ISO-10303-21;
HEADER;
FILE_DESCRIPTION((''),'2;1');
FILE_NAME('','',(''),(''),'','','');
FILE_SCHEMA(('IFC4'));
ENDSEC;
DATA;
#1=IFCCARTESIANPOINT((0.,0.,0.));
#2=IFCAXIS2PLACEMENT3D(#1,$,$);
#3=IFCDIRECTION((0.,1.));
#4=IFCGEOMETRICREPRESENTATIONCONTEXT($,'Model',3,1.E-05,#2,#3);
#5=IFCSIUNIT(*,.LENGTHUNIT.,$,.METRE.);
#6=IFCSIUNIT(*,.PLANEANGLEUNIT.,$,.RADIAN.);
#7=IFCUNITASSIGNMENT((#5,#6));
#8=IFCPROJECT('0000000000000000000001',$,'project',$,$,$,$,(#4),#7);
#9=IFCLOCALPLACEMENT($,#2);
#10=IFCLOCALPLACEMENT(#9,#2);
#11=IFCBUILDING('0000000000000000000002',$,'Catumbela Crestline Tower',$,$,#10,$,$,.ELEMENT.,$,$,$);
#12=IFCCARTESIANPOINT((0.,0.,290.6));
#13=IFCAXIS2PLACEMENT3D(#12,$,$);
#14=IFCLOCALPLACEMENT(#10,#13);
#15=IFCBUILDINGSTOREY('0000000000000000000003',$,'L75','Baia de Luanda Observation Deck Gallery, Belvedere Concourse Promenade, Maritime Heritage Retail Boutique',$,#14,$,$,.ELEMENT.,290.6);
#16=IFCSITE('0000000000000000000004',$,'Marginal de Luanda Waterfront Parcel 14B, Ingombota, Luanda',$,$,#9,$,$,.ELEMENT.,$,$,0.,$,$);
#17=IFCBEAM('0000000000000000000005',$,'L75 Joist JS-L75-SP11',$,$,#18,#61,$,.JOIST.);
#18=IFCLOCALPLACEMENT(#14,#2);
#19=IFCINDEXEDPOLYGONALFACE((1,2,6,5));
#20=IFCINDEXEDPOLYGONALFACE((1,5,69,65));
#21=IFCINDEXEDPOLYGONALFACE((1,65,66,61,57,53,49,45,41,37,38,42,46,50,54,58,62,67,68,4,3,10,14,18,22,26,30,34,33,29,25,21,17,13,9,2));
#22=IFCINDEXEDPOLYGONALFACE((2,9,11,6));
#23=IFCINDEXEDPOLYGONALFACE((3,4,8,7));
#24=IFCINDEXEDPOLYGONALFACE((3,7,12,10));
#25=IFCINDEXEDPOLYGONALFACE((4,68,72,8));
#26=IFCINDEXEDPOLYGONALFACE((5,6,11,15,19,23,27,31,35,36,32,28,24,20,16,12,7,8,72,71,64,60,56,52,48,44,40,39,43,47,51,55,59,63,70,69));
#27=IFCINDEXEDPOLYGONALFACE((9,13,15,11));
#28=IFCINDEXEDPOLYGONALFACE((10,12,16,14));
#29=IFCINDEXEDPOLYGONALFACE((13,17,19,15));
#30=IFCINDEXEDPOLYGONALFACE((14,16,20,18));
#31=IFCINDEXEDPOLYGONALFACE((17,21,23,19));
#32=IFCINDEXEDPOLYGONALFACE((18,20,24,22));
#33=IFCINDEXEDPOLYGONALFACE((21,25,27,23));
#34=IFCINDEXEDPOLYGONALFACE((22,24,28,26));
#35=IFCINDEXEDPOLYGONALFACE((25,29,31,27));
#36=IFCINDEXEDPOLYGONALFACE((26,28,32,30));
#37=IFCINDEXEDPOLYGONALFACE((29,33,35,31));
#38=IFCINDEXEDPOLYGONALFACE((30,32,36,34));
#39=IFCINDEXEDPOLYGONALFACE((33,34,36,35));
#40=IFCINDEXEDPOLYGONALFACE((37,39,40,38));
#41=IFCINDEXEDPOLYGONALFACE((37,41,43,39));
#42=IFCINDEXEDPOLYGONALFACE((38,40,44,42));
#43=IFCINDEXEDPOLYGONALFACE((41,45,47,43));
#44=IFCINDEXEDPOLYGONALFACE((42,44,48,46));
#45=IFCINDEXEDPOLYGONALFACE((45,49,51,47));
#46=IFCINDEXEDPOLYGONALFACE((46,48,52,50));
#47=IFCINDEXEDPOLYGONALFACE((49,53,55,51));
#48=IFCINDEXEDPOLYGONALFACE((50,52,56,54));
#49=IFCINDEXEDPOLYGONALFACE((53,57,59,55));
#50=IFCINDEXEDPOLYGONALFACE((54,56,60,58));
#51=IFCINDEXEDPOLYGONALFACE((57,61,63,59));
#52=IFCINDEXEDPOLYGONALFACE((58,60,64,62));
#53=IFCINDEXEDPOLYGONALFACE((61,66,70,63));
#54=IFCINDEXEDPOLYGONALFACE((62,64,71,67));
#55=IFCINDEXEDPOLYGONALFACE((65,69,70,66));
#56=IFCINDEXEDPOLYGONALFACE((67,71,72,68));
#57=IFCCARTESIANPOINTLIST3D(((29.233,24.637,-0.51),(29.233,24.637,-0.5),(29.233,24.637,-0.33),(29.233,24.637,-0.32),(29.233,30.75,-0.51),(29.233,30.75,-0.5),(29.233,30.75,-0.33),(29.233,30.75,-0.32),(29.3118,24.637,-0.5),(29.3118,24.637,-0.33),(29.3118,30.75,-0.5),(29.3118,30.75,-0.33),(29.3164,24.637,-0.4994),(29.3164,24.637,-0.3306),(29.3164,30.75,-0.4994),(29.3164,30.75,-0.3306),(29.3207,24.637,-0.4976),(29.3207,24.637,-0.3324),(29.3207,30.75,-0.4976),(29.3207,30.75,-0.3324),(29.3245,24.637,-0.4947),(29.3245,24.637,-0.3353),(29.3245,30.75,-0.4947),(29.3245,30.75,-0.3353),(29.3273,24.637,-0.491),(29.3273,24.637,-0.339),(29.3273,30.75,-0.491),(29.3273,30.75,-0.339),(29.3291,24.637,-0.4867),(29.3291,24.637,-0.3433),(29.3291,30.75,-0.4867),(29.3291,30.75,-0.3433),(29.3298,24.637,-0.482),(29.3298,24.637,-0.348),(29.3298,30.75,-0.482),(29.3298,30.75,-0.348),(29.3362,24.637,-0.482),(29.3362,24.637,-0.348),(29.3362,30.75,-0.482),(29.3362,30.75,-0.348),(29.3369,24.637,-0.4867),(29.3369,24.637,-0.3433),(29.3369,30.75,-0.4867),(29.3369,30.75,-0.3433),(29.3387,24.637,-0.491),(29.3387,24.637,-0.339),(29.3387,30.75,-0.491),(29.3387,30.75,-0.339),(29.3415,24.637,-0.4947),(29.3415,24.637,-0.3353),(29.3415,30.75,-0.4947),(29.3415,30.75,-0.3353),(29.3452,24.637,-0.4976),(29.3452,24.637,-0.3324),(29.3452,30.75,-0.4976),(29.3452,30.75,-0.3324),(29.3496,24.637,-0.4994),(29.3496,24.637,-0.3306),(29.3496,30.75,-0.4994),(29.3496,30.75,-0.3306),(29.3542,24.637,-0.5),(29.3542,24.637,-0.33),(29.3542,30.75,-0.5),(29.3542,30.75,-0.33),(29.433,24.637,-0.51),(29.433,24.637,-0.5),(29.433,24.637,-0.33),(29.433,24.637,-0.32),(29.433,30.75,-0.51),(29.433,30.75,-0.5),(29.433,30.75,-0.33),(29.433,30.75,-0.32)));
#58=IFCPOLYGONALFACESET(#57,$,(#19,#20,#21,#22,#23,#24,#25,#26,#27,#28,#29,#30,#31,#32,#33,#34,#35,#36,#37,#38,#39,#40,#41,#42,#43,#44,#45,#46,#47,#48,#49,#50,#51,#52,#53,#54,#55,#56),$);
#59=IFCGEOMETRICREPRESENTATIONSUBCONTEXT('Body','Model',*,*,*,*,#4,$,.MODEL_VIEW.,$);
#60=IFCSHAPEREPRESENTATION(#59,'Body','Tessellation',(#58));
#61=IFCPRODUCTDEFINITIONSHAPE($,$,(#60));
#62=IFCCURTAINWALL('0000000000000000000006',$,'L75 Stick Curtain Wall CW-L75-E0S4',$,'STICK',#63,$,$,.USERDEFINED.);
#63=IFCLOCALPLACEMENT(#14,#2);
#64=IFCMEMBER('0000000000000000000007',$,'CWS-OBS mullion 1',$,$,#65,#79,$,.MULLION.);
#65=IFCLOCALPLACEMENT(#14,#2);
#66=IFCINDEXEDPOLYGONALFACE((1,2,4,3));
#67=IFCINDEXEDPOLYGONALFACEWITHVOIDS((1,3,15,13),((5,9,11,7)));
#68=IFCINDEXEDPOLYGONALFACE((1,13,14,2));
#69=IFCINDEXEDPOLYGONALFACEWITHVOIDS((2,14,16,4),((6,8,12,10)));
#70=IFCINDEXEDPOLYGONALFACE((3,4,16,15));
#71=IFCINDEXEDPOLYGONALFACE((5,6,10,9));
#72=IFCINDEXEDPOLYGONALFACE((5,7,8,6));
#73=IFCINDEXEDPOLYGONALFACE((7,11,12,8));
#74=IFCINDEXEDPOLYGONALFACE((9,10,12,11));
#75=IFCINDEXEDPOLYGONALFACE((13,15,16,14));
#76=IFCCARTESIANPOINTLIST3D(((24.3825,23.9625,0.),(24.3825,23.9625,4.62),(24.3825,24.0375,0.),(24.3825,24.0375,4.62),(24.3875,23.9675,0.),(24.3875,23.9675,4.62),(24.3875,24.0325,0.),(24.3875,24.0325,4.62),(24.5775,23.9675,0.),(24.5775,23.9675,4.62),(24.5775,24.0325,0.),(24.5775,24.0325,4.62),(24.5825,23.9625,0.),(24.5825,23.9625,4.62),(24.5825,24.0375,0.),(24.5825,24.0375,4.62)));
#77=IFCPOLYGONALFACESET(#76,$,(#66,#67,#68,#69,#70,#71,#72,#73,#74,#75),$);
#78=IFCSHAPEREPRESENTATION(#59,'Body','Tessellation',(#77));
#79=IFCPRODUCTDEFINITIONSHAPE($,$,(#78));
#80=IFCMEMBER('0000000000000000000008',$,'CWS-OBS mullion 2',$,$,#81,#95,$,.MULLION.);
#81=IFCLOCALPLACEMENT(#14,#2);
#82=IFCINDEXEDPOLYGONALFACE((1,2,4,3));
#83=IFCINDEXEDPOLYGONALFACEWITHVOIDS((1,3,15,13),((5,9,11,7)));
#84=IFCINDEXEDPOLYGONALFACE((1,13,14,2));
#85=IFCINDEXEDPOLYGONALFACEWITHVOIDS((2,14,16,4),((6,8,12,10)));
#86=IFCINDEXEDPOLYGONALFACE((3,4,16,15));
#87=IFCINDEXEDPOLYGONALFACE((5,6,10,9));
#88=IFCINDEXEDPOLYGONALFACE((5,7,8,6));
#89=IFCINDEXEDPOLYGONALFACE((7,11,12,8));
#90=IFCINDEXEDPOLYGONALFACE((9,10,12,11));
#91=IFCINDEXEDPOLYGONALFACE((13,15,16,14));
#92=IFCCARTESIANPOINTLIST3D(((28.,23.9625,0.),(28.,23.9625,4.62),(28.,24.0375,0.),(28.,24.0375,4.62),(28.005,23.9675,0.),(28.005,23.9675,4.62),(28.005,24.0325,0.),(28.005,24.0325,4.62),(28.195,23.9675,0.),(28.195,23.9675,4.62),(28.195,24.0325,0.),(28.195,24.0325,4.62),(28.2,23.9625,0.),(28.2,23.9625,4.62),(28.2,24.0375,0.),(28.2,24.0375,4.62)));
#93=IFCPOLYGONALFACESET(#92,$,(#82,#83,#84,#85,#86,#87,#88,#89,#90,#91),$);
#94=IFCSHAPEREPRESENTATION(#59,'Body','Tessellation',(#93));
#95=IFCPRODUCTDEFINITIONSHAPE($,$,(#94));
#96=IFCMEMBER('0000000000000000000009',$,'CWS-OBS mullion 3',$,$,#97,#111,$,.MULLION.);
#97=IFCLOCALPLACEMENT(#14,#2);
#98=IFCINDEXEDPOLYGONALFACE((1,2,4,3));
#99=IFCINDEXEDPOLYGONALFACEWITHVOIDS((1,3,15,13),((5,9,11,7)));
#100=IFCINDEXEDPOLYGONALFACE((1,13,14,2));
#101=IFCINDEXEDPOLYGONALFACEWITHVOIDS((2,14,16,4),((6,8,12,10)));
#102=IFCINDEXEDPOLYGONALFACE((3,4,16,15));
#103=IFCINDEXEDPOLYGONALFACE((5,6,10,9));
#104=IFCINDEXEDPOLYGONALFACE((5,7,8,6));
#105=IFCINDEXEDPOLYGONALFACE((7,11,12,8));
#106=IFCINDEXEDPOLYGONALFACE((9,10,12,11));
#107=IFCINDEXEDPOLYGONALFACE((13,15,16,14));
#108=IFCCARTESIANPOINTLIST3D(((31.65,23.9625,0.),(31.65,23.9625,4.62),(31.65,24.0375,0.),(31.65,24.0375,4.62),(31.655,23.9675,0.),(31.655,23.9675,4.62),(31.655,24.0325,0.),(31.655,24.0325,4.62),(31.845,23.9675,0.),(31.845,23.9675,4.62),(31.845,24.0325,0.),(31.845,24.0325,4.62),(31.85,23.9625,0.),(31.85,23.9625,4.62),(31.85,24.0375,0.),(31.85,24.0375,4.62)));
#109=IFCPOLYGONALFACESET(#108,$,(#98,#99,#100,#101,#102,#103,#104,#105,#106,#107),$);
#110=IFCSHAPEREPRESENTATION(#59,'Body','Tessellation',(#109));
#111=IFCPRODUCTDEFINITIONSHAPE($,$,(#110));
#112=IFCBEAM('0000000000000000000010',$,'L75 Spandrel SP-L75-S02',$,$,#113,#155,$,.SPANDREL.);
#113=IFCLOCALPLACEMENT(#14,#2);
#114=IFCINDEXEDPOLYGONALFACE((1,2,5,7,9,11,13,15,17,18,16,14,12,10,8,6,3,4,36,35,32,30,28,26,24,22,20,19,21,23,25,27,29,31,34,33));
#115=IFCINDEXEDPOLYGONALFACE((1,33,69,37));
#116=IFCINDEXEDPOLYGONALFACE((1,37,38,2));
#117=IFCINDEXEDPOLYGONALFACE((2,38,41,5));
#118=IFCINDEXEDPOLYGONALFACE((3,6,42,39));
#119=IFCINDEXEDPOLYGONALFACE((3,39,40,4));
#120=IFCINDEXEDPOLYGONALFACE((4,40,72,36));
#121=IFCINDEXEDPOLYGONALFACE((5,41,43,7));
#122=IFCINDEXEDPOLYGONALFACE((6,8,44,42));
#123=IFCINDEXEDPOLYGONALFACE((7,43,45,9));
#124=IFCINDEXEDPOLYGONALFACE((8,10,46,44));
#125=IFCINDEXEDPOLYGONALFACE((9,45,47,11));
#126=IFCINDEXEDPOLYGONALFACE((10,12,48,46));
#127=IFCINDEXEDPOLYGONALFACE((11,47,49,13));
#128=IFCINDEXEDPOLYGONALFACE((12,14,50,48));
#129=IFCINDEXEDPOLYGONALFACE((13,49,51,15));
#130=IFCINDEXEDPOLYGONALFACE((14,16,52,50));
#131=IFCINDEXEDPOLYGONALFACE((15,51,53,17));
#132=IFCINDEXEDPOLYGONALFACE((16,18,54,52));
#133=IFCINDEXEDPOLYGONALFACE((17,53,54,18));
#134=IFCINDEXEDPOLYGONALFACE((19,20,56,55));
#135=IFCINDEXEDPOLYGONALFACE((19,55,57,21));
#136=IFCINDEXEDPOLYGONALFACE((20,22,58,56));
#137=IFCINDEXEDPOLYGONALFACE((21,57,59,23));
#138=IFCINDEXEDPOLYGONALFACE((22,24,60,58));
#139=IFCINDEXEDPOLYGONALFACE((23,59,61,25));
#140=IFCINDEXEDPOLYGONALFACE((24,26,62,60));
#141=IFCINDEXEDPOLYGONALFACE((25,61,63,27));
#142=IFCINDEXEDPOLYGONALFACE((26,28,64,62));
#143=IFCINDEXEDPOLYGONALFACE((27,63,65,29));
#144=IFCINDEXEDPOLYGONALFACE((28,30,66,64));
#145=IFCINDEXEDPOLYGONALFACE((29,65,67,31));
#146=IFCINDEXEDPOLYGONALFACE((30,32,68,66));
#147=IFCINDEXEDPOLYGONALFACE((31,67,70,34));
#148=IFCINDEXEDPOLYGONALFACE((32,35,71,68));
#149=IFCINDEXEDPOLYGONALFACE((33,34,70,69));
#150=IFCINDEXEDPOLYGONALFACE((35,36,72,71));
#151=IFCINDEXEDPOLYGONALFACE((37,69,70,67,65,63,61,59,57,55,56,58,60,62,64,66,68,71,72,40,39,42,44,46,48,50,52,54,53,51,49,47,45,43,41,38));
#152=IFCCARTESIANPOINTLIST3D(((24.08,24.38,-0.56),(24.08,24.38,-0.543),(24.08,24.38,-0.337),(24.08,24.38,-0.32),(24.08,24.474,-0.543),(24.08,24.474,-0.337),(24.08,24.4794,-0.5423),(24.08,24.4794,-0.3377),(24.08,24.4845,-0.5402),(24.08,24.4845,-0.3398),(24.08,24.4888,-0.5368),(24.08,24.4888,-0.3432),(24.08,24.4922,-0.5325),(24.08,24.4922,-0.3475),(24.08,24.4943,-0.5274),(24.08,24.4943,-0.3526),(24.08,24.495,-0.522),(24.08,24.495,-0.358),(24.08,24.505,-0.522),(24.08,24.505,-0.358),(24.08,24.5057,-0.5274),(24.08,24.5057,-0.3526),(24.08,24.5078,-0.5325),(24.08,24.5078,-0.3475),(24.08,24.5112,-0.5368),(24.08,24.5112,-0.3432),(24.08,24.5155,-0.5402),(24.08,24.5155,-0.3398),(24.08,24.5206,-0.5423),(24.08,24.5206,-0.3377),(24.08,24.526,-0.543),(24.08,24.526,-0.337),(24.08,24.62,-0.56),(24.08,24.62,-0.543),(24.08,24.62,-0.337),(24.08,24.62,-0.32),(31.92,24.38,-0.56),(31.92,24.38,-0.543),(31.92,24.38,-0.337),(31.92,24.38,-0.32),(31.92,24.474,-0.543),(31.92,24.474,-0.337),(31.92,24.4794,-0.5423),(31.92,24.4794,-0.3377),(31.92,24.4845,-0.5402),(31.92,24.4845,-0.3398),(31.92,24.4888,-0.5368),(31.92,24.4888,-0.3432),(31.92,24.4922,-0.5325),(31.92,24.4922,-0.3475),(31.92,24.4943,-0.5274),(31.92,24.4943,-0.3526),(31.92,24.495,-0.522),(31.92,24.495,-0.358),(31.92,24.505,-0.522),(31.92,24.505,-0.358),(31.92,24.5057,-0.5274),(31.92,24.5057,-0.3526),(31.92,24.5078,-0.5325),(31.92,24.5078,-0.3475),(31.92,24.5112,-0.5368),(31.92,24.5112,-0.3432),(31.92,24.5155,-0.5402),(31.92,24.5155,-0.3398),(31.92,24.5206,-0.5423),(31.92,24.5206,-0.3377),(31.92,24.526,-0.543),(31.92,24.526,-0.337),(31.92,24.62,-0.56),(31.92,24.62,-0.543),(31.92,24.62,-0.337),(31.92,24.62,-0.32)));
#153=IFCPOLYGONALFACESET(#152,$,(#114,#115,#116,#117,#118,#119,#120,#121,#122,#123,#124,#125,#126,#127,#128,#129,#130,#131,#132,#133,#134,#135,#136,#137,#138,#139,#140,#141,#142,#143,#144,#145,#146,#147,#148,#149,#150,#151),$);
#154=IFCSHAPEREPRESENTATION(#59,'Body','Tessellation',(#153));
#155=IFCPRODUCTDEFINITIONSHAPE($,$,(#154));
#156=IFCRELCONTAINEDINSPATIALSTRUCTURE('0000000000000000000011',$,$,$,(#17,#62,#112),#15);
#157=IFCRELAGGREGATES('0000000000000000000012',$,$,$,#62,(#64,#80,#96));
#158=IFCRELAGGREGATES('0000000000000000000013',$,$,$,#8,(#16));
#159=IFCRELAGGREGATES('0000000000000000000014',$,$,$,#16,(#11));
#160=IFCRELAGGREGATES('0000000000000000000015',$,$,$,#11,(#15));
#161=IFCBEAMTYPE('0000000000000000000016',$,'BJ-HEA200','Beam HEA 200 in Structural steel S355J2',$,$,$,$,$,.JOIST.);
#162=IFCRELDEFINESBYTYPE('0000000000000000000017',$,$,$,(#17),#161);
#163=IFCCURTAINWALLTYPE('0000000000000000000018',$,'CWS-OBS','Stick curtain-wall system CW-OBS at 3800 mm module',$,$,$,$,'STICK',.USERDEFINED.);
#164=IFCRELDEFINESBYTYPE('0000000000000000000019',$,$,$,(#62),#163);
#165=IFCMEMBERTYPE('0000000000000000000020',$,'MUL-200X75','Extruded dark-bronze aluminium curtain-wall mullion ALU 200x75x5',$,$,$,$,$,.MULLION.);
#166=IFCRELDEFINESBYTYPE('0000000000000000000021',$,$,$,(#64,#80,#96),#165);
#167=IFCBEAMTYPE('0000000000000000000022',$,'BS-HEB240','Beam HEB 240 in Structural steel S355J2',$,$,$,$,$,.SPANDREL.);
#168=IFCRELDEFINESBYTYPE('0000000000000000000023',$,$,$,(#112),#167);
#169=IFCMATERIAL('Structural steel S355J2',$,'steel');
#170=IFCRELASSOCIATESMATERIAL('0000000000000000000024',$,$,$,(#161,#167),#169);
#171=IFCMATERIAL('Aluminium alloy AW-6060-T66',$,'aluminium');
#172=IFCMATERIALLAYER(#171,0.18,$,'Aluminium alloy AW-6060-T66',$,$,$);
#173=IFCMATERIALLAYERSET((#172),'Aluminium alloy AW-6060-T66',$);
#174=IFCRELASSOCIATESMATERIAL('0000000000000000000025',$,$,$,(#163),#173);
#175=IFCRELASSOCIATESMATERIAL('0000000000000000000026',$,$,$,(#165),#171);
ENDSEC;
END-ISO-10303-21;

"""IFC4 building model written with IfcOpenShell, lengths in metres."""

from ifc_helpers import new_model, si_unit, direction, frame, origin, origin_2d, place, context, subcontext, project, spatial, hollow_rectangle, i_section, extrude, material, layer, layer_set, material_profile, profile_set, type_object, element, aggregate, save


model = new_model("IFC4")

# Units and contexts
model_context = context("Model", 3, precision=1e-05, world=origin(), true_north=direction((0.0, 1.0)))
body_context = subcontext(model_context, "Body", "Model", "MODEL_VIEW")
ifc_project = project(units=[si_unit("LENGTHUNIT", "METRE"), si_unit("PLANEANGLEUNIT", "RADIAN")], contexts=[model_context])

# Site, building, storey
site_placement = place(None, origin())
site = spatial("IfcSite", under=ifc_project, at=site_placement, Name="Marginal de Luanda Waterfront Parcel 14B, Ingombota, Luanda", CompositionType="ELEMENT", RefElevation=0.0)
building_placement = place(site_placement, origin())
building = spatial("IfcBuilding", under=site, at=building_placement, Name="Catumbela Crestline Tower", CompositionType="ELEMENT")
storey_placement = place(building_placement, frame((0.0, 0.0, 290.6)))
storey = spatial("IfcBuildingStorey", under=building, at=storey_placement, Name="L75", Description="Baia de Luanda Observation Deck Gallery, Belvedere Concourse Promenade, Maritime Heritage Retail Boutique", CompositionType="ELEMENT", Elevation=290.6)

# Beam
ifc_material_1 = material(Name="Structural steel S355J2", Category="steel")
ifc_material_profile_1 = material_profile(ifc_material_1, i_section(OverallWidth=0.2, OverallDepth=0.19, WebThickness=0.0065, FlangeThickness=0.01, FilletRadius=0.018, at=origin_2d()), Name="HEA 200")
ifc_profile_set_1 = profile_set([ifc_material_profile_1], Name="Structural steel S355J2")
beam_type_1 = type_object("IfcBeamType", Name="BJ-HEA200", Description="Beam HEA 200 in Structural steel S355J2", PredefinedType="JOIST", material=ifc_profile_set_1)
for number, where, z_axis, x_axis, name in (
    (1, (29.333, 24.637, -0.415), (0.0, 1.0, 0.0), (-1.0, 0.0, 0.0), "L75 Joist JS-L75-SP11"),
):
    element("IfcBeam", number, at=place(storey_placement, frame(where, z_axis=z_axis, x_axis=x_axis)), inside=storey, type_object=beam_type_1, Name=name, PredefinedType="JOIST", context=body_context, shape_type="SweptSolid", body=[
        extrude(i_section(OverallWidth=0.2, OverallDepth=0.19, WebThickness=0.0065, FlangeThickness=0.01, FilletRadius=0.018, at=origin_2d()), origin(), (0.0, 0.0, 1.0), 6.113),
    ])

# Curtain wall, members
ifc_material_2 = material(Name="Aluminium alloy AW-6060-T66", Category="aluminium")
ifc_layer_1 = layer(ifc_material_2, 0.18, Name="Aluminium alloy AW-6060-T66")
ifc_layer_set_1 = layer_set([ifc_layer_1], Name="Aluminium alloy AW-6060-T66")
curtain_wall_type = type_object("IfcCurtainWallType", Name="CWS-OBS", Description="Stick curtain-wall system CW-OBS at 3800 mm module", ElementType="STICK", PredefinedType="USERDEFINED", material=ifc_layer_set_1)
curtain_wall_placement = place(storey_placement, origin())
curtain_wall = element("IfcCurtainWall", 2, at=curtain_wall_placement, inside=storey, type_object=curtain_wall_type, Name="L75 Stick Curtain Wall CW-L75-E0S4", ObjectType="STICK", PredefinedType="USERDEFINED")
ifc_material_profile_2 = material_profile(ifc_material_2, hollow_rectangle(XDim=0.075, YDim=0.2, WallThickness=0.005, at=origin_2d()), Name="ALU 200x75x5")
ifc_profile_set_2 = profile_set([ifc_material_profile_2], Name="Aluminium alloy AW-6060-T66")
member_type_1 = type_object("IfcMemberType", Name="MUL-200X75", Description="Extruded dark-bronze aluminium curtain-wall mullion ALU 200x75x5", PredefinedType="MULLION", material=ifc_profile_set_2)
member_1_placement = place(storey_placement, frame((24.4825, 24.0, 0.0), z_axis=(0.0, 0.0, 1.0), x_axis=(0.0, 1.0, 0.0)))
member_1 = element("IfcMember", 3, at=member_1_placement, type_object=member_type_1, Name="CWS-OBS mullion 1", PredefinedType="MULLION", context=body_context, shape_type="SweptSolid", body=[
    extrude(hollow_rectangle(XDim=0.075, YDim=0.2, WallThickness=0.005, at=origin_2d()), origin(), (0.0, 0.0, 1.0), 4.62),
])
member_2_placement = place(storey_placement, frame((28.1, 24.0, 0.0), z_axis=(0.0, 0.0, 1.0), x_axis=(0.0, 1.0, 0.0)))
member_2 = element("IfcMember", 4, at=member_2_placement, type_object=member_type_1, Name="CWS-OBS mullion 2", PredefinedType="MULLION", context=body_context, shape_type="SweptSolid", body=[
    extrude(hollow_rectangle(XDim=0.075, YDim=0.2, WallThickness=0.005, at=origin_2d()), origin(), (0.0, 0.0, 1.0), 4.62),
])
member_3_placement = place(storey_placement, frame((31.75, 24.0, 0.0), z_axis=(0.0, 0.0, 1.0), x_axis=(0.0, 1.0, 0.0)))
member_3 = element("IfcMember", 5, at=member_3_placement, type_object=member_type_1, Name="CWS-OBS mullion 3", PredefinedType="MULLION", context=body_context, shape_type="SweptSolid", body=[
    extrude(hollow_rectangle(XDim=0.075, YDim=0.2, WallThickness=0.005, at=origin_2d()), origin(), (0.0, 0.0, 1.0), 4.62),
])

# Beam
ifc_material_profile_3 = material_profile(ifc_material_1, i_section(OverallWidth=0.24, OverallDepth=0.24, WebThickness=0.01, FlangeThickness=0.017, FilletRadius=0.021, at=origin_2d()), Name="HEB 240")
ifc_profile_set_3 = profile_set([ifc_material_profile_3], Name="Structural steel S355J2")
beam_type_2 = type_object("IfcBeamType", Name="BS-HEB240", Description="Beam HEB 240 in Structural steel S355J2", PredefinedType="SPANDREL", material=ifc_profile_set_3)
beam_1_placement = place(storey_placement, frame((24.08, 24.5, -0.44), z_axis=(1.0, 0.0, 0.0), x_axis=(0.0, 1.0, 0.0)))
element("IfcBeam", 6, at=beam_1_placement, inside=storey, type_object=beam_type_2, Name="L75 Spandrel SP-L75-S02", PredefinedType="SPANDREL", context=body_context, shape_type="SweptSolid", body=[
    extrude(i_section(OverallWidth=0.24, OverallDepth=0.24, WebThickness=0.01, FlangeThickness=0.017, FilletRadius=0.021, at=origin_2d()), origin(), (0.0, 0.0, 1.0), 7.84),
])

aggregate(curtain_wall, [member_1, member_2, member_3])

save(model, "model.ifc")
